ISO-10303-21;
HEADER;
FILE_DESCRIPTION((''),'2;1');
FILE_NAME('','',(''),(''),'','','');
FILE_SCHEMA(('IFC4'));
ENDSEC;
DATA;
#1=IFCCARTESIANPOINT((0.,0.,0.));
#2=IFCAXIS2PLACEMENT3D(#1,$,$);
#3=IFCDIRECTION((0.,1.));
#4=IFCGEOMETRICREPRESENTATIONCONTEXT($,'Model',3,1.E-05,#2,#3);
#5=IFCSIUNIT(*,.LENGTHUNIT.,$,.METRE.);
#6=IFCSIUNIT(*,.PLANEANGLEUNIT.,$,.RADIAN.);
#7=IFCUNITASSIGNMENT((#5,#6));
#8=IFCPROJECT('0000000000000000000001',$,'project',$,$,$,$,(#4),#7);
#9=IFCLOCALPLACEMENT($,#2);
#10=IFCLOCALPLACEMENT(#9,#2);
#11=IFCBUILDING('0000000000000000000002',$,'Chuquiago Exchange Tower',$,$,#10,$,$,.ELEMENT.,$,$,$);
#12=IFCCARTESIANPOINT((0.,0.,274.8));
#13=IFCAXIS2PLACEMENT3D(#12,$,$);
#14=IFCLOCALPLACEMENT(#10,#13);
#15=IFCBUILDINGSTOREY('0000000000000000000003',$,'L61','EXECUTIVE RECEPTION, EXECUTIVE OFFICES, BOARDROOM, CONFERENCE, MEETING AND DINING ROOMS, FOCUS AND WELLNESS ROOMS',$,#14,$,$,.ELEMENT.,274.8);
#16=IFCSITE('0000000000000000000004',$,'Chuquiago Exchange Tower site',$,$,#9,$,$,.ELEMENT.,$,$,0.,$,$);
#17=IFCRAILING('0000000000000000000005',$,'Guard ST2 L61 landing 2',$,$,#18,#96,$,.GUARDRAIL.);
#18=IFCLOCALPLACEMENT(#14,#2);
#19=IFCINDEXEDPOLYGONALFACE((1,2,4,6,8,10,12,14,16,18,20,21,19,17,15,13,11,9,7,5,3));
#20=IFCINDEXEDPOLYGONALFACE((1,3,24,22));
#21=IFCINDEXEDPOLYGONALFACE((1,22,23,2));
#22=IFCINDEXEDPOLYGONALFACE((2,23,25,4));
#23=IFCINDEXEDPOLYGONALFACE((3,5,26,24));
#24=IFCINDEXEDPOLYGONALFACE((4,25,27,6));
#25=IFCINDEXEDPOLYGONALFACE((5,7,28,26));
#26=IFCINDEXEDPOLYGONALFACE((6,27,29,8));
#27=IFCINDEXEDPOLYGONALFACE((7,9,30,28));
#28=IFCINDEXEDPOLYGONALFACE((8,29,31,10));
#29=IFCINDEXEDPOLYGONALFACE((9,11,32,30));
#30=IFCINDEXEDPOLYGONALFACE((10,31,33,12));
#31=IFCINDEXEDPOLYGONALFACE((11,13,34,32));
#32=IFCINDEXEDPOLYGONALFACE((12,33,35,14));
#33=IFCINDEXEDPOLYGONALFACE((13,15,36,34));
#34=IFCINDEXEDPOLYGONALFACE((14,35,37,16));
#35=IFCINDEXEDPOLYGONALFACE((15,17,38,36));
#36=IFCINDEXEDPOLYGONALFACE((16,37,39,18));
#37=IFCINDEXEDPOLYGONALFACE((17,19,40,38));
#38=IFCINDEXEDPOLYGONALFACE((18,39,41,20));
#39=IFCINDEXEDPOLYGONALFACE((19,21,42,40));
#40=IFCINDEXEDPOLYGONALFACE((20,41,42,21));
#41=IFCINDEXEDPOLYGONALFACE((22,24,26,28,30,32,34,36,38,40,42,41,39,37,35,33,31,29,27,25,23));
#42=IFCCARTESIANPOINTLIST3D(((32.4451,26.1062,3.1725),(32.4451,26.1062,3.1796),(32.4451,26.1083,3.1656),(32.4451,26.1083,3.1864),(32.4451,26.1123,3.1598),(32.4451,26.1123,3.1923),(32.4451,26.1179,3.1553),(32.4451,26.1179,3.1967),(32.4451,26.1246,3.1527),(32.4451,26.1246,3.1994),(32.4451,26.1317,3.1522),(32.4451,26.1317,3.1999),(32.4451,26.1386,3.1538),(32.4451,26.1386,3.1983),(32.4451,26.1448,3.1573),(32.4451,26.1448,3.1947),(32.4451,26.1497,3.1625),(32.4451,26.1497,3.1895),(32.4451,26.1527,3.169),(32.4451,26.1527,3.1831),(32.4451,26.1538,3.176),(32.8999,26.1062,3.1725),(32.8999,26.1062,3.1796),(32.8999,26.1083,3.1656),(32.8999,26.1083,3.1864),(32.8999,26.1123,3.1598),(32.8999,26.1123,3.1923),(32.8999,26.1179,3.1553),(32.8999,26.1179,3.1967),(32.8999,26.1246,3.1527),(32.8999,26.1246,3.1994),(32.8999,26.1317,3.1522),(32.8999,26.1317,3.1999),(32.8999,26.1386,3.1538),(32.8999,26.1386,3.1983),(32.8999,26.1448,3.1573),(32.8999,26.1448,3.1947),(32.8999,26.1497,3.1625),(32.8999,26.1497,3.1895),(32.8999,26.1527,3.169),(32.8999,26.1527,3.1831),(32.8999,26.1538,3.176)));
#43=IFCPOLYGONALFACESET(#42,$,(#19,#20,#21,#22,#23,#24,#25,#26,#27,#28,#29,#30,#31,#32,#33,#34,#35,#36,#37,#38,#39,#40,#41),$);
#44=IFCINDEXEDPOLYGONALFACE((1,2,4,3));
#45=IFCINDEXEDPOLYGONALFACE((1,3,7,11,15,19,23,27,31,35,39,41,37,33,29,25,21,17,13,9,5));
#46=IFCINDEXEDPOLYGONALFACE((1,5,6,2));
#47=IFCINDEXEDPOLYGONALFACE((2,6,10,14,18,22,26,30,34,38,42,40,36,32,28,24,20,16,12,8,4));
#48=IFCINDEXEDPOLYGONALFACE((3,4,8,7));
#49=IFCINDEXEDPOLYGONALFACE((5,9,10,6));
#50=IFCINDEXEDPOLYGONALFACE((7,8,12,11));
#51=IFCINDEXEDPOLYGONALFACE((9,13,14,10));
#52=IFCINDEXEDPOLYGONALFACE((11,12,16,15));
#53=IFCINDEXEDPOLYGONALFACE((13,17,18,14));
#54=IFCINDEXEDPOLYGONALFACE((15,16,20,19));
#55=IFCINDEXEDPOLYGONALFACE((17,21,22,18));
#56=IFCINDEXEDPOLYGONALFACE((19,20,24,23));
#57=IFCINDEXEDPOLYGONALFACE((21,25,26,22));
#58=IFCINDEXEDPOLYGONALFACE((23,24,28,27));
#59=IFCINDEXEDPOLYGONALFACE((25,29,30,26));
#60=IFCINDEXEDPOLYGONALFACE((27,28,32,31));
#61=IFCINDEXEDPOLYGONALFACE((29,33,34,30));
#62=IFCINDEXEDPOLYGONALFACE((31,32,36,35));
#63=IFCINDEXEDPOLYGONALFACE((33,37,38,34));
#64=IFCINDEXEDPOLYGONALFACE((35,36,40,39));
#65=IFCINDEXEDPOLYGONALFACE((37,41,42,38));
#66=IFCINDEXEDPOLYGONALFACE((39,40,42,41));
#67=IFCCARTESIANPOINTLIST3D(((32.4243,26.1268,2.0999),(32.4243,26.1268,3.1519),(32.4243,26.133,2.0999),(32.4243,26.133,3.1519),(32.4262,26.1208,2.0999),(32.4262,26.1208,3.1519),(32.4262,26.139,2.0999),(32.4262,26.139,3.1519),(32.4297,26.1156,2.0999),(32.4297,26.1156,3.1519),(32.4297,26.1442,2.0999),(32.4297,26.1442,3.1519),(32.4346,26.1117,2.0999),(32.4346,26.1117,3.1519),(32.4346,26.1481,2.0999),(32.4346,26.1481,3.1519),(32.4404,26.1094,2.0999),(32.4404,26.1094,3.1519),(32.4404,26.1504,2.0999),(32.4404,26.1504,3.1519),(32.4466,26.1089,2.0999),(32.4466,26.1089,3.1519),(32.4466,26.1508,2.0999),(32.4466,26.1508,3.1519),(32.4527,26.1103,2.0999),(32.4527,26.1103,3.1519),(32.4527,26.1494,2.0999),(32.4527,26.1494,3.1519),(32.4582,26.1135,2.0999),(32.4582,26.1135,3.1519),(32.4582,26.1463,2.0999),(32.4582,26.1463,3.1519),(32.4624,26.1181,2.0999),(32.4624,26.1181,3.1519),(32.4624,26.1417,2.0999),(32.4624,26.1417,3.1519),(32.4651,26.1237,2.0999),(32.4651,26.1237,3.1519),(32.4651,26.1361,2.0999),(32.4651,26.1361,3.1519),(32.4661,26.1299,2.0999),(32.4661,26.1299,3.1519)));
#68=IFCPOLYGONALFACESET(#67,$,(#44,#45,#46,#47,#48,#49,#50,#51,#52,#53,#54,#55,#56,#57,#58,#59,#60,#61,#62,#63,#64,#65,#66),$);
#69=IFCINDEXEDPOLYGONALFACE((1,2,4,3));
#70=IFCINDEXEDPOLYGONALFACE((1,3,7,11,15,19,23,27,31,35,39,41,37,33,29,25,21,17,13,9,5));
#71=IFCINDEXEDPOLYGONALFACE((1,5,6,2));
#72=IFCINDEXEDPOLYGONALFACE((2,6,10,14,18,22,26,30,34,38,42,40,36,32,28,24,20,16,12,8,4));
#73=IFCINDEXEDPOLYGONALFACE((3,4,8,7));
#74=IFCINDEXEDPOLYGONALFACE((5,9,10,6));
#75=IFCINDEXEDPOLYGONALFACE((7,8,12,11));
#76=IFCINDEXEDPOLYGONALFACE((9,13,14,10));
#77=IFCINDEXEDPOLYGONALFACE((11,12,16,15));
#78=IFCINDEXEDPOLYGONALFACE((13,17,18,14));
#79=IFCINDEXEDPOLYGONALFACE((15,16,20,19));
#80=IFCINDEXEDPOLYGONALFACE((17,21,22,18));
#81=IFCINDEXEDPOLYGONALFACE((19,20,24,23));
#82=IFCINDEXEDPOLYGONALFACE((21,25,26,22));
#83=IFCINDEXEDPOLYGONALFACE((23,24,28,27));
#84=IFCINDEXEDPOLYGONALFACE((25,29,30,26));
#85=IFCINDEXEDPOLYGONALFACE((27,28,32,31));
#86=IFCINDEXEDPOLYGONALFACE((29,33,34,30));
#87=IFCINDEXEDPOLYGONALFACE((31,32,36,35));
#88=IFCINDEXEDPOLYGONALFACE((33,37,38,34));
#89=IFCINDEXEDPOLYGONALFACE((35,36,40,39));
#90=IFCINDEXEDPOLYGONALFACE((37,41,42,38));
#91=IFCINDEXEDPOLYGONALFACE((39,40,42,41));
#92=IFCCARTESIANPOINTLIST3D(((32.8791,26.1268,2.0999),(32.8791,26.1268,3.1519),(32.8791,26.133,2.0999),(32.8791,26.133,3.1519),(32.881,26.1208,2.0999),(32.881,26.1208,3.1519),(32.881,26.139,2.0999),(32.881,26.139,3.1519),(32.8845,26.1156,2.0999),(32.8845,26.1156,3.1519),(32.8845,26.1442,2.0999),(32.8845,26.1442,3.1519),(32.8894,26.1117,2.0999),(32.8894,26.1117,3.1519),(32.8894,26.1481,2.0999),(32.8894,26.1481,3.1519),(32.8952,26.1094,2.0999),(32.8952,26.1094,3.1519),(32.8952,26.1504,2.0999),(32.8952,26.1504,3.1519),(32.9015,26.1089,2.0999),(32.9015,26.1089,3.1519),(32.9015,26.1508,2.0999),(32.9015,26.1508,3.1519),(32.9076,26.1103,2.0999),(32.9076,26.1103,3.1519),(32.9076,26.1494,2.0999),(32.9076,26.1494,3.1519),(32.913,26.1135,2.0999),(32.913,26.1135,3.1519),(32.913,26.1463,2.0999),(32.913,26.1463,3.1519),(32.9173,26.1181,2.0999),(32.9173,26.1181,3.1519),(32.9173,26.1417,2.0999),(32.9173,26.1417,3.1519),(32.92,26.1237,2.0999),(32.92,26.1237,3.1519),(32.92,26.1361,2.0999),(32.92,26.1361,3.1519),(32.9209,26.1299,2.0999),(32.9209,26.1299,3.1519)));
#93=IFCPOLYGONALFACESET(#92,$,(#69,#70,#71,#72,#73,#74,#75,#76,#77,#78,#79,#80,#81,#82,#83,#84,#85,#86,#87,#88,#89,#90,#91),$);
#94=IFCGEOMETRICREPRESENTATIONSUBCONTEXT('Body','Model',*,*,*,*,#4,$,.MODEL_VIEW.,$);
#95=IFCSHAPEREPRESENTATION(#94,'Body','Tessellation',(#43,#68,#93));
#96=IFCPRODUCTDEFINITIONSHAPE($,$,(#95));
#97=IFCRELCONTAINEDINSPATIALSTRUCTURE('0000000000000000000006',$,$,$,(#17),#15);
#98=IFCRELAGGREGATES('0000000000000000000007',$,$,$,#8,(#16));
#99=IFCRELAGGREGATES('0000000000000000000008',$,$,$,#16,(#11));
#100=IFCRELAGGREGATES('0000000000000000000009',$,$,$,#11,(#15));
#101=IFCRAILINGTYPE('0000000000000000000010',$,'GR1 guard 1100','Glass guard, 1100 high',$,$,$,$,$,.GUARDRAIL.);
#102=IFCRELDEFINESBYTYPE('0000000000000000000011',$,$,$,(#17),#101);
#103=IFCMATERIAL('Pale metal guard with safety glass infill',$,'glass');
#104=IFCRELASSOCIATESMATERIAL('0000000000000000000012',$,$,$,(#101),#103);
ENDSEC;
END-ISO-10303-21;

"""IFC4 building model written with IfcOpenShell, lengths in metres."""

from ifc_helpers import new_model, si_unit, direction, frame, origin, origin_2d, place, context, subcontext, project, spatial, circle, extrude, material, type_object, element, save


model = new_model("IFC4")

# Units and contexts
model_context = context("Model", 3, precision=1e-05, world=origin(), true_north=direction((0.0, 1.0)))
body_context = subcontext(model_context, "Body", "Model", "MODEL_VIEW")
ifc_project = project(units=[si_unit("LENGTHUNIT", "METRE"), si_unit("PLANEANGLEUNIT", "RADIAN")], contexts=[model_context])

# Site, building, storey
site_placement = place(None, origin())
site = spatial("IfcSite", under=ifc_project, at=site_placement, Name="Chuquiago Exchange Tower site", CompositionType="ELEMENT", RefElevation=0.0)
building_placement = place(site_placement, origin())
building = spatial("IfcBuilding", under=site, at=building_placement, Name="Chuquiago Exchange Tower", CompositionType="ELEMENT")
storey_placement = place(building_placement, frame((0.0, 0.0, 274.8)))
storey = spatial("IfcBuildingStorey", under=building, at=storey_placement, Name="L61", Description="EXECUTIVE RECEPTION, EXECUTIVE OFFICES, BOARDROOM, CONFERENCE, MEETING AND DINING ROOMS, FOCUS AND WELLNESS ROOMS", CompositionType="ELEMENT", Elevation=274.8)

# Railing
ifc_material_1 = material(Name="Pale metal guard with safety glass infill", Category="glass")
railing_type_1 = type_object("IfcRailingType", Name="GR1 guard 1100", Description="Glass guard, 1100 high", PredefinedType="GUARDRAIL", material=ifc_material_1)
railing_1_placement = place(storey_placement, frame((32.4451, 26.1299, 2.0999)))
element("IfcRailing", 1, at=railing_1_placement, inside=storey, type_object=railing_type_1, Name="Guard ST2 L61 landing 2", PredefinedType="GUARDRAIL", context=body_context, shape_type="SweptSolid", body=[
    extrude(circle(Radius=0.0239, at=origin_2d()), frame((0.0, 0.0, 1.0762), z_axis=(1.0, 0.0, 0.0), x_axis=(0.0, 1.0, 0.0)), (0.0, 0.0, 1.0), 0.4548),
    extrude(circle(Radius=0.021, at=origin_2d()), origin(), (0.0, 0.0, 1.0), 1.052),
    extrude(circle(Radius=0.021, at=origin_2d()), frame((0.4548, 0.0, 0.0)), (0.0, 0.0, 1.0), 1.052),
])

save(model, "model.ifc")
